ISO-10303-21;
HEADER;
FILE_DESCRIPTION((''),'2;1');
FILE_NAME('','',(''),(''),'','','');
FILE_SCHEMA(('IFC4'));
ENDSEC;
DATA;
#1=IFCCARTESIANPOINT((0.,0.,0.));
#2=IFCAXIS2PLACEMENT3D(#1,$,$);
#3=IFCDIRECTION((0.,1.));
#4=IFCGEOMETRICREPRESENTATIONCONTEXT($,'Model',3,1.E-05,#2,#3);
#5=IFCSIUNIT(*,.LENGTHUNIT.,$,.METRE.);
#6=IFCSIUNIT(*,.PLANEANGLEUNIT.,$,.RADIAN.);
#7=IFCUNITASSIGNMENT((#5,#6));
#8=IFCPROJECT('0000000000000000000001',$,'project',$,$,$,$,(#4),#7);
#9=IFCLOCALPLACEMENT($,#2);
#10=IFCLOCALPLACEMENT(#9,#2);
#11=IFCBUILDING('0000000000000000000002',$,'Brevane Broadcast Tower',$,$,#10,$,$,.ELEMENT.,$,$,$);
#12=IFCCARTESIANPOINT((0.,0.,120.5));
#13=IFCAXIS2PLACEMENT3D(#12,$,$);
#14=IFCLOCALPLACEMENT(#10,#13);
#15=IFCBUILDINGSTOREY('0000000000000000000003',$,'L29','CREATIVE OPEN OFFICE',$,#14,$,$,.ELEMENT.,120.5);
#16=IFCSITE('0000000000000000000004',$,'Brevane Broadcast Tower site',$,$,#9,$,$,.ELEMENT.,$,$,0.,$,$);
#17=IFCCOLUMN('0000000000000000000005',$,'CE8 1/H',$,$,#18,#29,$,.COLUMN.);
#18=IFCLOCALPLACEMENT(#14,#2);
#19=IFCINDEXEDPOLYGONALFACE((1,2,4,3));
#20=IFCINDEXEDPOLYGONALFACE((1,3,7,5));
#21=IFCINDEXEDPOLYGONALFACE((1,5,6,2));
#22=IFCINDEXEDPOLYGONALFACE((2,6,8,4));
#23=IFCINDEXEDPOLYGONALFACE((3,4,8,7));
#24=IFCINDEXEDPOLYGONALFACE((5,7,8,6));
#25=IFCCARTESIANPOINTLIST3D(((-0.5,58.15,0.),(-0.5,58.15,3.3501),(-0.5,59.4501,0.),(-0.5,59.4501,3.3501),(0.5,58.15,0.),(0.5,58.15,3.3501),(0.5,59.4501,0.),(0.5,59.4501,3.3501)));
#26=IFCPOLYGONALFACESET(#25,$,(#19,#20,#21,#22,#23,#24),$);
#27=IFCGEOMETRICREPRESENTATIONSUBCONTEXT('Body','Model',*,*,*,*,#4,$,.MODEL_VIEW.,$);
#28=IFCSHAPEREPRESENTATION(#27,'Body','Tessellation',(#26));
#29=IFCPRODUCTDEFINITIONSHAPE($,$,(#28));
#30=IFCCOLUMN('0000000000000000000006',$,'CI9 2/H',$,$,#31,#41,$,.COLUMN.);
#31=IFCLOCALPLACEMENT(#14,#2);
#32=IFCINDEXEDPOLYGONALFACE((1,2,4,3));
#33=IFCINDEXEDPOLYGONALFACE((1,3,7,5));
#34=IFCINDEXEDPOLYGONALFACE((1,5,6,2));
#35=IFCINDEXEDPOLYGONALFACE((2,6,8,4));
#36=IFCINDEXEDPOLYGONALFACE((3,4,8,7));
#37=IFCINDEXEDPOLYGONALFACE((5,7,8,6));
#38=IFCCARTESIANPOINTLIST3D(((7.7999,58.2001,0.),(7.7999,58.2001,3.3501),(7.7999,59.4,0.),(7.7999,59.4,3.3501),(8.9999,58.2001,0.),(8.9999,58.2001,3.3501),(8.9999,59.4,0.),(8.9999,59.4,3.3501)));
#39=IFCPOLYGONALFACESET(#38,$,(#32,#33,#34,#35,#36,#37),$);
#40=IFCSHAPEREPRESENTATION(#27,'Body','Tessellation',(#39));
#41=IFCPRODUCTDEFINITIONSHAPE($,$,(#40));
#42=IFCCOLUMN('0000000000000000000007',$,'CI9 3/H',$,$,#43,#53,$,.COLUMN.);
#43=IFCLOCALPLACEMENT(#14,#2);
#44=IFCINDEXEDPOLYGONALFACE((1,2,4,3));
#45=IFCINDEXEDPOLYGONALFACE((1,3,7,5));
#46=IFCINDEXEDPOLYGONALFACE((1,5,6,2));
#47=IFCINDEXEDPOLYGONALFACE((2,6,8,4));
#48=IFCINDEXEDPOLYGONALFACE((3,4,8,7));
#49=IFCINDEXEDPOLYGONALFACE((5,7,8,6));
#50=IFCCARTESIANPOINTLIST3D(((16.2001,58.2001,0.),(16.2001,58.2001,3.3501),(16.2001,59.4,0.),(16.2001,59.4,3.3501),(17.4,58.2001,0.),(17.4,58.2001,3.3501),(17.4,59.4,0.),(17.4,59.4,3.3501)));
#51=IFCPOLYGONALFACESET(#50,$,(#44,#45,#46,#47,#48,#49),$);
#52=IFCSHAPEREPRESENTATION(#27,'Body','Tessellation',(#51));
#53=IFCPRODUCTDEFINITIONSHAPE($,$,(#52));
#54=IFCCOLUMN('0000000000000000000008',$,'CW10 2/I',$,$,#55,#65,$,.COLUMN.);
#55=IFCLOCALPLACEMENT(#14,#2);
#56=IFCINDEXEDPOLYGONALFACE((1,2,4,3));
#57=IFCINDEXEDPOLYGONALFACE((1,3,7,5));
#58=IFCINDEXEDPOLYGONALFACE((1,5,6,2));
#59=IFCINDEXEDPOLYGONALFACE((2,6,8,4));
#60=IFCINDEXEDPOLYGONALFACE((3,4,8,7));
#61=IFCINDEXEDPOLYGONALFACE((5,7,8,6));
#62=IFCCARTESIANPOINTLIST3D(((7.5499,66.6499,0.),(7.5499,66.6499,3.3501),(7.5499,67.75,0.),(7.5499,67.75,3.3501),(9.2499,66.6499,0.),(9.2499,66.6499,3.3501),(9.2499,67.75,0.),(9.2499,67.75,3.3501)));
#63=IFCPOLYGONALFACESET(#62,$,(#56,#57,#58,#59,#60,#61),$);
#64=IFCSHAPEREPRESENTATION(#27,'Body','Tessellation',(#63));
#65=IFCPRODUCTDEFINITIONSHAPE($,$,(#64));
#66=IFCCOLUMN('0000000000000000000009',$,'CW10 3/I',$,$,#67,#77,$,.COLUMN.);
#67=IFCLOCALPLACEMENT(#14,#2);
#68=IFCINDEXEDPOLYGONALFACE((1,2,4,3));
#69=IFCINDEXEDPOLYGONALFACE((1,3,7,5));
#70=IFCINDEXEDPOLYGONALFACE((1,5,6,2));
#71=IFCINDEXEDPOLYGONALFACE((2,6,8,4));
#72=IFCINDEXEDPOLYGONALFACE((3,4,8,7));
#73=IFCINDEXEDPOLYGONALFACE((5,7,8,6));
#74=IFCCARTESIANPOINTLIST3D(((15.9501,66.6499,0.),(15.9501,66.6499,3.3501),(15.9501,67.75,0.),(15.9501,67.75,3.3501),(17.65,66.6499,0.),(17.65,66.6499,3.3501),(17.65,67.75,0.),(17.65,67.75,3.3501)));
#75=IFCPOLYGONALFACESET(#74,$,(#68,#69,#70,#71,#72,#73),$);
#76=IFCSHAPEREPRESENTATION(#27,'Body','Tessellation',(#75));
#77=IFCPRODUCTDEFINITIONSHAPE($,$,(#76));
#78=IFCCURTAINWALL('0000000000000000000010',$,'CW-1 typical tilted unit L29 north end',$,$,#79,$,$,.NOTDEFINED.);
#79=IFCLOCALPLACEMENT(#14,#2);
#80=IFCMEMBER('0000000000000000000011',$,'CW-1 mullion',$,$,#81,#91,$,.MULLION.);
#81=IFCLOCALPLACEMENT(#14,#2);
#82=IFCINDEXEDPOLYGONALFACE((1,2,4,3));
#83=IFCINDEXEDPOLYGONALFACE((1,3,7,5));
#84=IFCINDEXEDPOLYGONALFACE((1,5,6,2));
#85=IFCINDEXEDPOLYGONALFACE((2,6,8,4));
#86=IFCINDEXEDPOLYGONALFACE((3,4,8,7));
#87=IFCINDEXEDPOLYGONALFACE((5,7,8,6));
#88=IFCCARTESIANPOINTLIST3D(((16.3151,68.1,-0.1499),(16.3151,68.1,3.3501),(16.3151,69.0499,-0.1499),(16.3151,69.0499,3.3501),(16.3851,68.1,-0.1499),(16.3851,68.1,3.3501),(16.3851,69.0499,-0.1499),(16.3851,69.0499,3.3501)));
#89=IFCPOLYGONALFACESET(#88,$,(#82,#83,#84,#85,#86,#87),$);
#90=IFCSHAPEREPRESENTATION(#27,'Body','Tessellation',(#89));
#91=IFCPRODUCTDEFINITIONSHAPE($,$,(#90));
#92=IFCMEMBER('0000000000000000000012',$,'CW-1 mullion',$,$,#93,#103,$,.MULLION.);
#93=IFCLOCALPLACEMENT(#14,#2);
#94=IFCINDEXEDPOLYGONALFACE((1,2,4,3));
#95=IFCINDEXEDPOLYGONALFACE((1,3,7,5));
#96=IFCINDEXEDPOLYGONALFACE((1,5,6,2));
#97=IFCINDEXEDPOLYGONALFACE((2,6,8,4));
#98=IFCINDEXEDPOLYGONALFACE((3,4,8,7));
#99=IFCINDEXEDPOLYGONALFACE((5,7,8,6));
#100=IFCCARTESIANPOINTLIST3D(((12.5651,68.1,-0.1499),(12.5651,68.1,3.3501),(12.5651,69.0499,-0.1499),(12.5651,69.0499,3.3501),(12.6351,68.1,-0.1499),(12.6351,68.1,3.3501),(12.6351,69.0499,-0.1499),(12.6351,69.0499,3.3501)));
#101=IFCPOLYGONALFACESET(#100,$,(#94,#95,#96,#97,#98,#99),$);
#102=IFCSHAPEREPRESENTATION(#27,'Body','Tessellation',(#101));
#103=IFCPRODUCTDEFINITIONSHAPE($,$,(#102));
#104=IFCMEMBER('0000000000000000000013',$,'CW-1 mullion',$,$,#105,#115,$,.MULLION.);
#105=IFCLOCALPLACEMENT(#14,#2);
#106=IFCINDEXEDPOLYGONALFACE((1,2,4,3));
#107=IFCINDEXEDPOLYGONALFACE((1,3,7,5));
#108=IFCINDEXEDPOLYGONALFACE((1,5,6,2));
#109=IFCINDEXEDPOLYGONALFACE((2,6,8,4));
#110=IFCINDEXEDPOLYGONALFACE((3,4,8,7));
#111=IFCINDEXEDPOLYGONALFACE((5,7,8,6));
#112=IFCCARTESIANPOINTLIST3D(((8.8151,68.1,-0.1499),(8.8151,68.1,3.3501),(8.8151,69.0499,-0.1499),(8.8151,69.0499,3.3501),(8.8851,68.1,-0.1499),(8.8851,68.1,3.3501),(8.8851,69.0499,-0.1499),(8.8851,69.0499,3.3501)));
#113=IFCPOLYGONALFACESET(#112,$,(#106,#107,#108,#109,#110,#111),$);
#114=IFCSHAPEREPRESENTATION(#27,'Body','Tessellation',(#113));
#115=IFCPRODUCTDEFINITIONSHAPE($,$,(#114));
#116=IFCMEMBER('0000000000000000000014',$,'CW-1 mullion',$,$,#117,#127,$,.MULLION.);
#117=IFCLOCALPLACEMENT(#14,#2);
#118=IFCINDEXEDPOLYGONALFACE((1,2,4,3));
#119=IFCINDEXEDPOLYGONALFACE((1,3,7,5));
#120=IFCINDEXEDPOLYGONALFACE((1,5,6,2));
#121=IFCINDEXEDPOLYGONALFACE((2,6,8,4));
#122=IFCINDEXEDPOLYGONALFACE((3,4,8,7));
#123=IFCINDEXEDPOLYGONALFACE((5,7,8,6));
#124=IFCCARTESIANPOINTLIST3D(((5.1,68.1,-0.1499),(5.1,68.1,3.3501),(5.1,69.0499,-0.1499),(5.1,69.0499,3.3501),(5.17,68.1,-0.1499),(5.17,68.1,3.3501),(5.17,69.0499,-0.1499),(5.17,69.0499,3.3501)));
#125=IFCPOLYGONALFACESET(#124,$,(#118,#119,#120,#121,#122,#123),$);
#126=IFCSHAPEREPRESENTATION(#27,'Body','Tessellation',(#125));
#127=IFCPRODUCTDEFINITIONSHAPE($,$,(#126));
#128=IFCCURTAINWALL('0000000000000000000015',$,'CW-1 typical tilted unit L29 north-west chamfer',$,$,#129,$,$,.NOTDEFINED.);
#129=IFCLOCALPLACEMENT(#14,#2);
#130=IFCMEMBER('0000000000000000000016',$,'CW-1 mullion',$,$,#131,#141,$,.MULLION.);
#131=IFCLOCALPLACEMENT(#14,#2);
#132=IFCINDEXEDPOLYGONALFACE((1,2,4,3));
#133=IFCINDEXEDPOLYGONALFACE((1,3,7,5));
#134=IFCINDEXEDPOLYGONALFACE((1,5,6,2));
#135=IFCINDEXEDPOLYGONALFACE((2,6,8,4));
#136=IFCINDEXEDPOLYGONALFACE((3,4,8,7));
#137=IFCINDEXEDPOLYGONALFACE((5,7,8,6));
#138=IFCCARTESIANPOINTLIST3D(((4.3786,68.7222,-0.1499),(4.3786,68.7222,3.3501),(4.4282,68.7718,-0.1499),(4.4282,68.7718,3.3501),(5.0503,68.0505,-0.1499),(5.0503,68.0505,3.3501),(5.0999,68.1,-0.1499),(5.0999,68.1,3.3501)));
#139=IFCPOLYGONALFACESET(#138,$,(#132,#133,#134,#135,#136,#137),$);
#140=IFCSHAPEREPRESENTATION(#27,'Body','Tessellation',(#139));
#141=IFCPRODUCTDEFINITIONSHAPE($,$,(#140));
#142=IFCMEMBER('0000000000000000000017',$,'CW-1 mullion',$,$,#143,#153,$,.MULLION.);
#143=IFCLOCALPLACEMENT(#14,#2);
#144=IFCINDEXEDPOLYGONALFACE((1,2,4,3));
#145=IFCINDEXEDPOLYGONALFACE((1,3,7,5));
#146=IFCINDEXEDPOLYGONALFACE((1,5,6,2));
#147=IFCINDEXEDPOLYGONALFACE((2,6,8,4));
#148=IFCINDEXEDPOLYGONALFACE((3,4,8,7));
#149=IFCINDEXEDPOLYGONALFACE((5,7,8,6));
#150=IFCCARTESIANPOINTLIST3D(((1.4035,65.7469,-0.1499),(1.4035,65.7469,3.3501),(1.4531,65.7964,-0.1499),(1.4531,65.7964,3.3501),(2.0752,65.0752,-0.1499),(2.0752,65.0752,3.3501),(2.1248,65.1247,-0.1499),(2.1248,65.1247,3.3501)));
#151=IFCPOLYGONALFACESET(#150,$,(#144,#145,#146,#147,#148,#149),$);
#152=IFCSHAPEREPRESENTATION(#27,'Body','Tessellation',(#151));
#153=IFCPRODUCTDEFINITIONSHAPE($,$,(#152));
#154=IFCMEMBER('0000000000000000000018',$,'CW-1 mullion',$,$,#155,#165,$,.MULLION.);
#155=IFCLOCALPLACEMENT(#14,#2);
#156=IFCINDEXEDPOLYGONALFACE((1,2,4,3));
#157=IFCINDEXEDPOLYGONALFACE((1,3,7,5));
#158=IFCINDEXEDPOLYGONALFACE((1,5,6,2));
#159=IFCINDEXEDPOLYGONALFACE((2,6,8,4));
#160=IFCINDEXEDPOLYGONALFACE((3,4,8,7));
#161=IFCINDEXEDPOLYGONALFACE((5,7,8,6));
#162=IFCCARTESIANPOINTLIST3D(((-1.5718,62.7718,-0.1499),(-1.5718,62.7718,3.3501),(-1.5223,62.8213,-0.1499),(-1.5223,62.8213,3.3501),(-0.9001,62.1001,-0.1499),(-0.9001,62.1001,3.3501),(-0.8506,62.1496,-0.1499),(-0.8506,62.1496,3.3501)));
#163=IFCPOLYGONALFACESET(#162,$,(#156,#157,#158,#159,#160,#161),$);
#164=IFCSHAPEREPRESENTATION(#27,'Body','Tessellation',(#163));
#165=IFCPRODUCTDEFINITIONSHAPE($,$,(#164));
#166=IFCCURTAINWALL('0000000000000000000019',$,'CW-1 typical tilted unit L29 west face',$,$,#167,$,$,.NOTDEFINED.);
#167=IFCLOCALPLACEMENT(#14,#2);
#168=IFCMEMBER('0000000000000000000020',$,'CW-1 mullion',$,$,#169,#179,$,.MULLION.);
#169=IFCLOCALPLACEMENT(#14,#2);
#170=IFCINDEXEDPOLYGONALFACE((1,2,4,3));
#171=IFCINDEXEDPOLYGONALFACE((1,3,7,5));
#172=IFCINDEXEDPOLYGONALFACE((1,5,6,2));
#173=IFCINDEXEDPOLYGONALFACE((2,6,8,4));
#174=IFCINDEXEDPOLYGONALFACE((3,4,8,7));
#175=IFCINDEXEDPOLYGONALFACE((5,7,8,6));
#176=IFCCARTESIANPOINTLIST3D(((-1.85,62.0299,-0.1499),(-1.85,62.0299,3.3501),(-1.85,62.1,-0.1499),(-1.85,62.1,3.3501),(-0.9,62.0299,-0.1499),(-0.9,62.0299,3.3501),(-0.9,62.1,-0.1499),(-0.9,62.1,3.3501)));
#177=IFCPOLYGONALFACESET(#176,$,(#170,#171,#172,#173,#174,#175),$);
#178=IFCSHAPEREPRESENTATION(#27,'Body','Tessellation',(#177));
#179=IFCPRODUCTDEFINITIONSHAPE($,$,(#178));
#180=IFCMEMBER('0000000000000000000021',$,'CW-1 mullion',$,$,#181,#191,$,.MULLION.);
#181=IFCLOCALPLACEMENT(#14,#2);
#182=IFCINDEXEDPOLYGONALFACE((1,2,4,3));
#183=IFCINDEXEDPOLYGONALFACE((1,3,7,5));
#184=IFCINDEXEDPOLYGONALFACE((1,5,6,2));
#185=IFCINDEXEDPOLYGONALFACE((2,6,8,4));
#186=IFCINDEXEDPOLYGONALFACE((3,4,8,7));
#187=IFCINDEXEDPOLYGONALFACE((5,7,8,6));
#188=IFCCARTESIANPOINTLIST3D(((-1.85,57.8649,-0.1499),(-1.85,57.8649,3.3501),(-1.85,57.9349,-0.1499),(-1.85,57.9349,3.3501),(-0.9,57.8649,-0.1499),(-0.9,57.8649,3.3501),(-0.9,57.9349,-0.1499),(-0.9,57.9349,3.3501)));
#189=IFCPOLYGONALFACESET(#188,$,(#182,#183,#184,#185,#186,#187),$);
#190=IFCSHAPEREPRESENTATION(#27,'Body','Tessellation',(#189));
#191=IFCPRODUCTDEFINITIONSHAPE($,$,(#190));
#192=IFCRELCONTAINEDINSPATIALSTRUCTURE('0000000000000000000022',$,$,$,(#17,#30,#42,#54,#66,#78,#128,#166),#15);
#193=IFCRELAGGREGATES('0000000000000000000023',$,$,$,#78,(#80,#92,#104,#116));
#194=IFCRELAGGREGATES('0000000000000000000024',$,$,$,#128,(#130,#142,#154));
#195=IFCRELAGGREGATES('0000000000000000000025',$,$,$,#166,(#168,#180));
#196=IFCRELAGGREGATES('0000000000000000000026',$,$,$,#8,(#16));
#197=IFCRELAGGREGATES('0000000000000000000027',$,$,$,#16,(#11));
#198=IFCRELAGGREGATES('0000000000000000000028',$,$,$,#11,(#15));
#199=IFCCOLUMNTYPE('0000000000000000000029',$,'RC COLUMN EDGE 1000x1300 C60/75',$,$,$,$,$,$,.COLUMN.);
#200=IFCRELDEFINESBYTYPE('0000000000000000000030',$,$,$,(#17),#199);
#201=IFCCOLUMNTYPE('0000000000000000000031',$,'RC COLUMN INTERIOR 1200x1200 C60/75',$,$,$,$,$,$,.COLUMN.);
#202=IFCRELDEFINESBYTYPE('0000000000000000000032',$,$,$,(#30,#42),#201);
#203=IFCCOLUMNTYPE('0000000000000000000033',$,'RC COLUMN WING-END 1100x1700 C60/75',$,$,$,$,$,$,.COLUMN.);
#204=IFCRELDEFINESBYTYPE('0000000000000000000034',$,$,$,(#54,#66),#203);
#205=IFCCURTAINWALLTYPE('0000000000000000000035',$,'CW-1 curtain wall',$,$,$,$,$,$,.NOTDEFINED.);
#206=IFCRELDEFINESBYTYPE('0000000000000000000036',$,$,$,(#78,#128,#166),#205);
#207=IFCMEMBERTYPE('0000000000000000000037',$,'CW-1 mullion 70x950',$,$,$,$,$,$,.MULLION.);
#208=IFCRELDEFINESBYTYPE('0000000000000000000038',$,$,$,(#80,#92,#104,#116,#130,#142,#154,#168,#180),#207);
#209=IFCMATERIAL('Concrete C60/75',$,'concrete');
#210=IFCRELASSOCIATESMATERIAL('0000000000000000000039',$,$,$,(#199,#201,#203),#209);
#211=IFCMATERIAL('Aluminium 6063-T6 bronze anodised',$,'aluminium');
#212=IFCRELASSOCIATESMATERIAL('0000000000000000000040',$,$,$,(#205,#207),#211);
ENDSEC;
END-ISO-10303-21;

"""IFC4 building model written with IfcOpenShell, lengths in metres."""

from ifc_helpers import new_model, si_unit, direction, frame, origin, origin_2d, place, context, subcontext, project, spatial, rectangle, extrude, material, material_profile, profile_set, type_object, element, aggregate, save


model = new_model("IFC4")

# Units and contexts
model_context = context("Model", 3, precision=1e-05, world=origin(), true_north=direction((0.0, 1.0)))
body_context = subcontext(model_context, "Body", "Model", "MODEL_VIEW")
ifc_project = project(units=[si_unit("LENGTHUNIT", "METRE"), si_unit("PLANEANGLEUNIT", "RADIAN")], contexts=[model_context])

# Site, building, storey
site_placement = place(None, origin())
site = spatial("IfcSite", under=ifc_project, at=site_placement, Name="Brevane Broadcast Tower site", CompositionType="ELEMENT", RefElevation=0.0)
building_placement = place(site_placement, origin())
building = spatial("IfcBuilding", under=site, at=building_placement, Name="Brevane Broadcast Tower", CompositionType="ELEMENT")
storey_placement = place(building_placement, frame((0.0, 0.0, 120.5)))
storey = spatial("IfcBuildingStorey", under=building, at=storey_placement, Name="L29", Description="CREATIVE OPEN OFFICE", CompositionType="ELEMENT", Elevation=120.5)

# Columns
ifc_material_1 = material(Name="Concrete C60/75", Category="concrete")
ifc_material_profile_1 = material_profile(ifc_material_1, rectangle(XDim=1.0, YDim=1.3, at=origin_2d()), Name="RC 1000x1300")
ifc_profile_set_1 = profile_set([ifc_material_profile_1], Name="Concrete C60/75")
column_type_1 = type_object("IfcColumnType", Name="RC COLUMN EDGE 1000x1300 C60/75", PredefinedType="COLUMN", material=ifc_profile_set_1)
column_placement = place(storey_placement, frame((0.0, 58.8, 0.0), z_axis=(0.0, 0.0, 1.0), x_axis=(1.0, 0.0, 0.0)))
element("IfcColumn", 1, at=column_placement, inside=storey, type_object=column_type_1, Name="CE8 1/H", PredefinedType="COLUMN", context=body_context, shape_type="SweptSolid", body=[
    extrude(rectangle(XDim=1.0, YDim=1.3, at=origin_2d()), origin(), (0.0, 0.0, 1.0), 3.3501),
])
ifc_material_profile_2 = material_profile(ifc_material_1, rectangle(XDim=1.2, YDim=1.2, at=origin_2d()), Name="RC 1200x1200")
ifc_profile_set_2 = profile_set([ifc_material_profile_2], Name="Concrete C60/75")
column_type_2 = type_object("IfcColumnType", Name="RC COLUMN INTERIOR 1200x1200 C60/75", PredefinedType="COLUMN", material=ifc_profile_set_2)
for number, where, z_axis, x_axis, name in (
    (2, (8.3999, 58.8, 0.0), (0.0, 0.0, 1.0), (1.0, 0.0, 0.0), "CI9 2/H"),
    (3, (16.8, 58.8, 0.0), (0.0, 0.0, 1.0), (1.0, 0.0, 0.0), "CI9 3/H"),
):
    element("IfcColumn", number, at=place(storey_placement, frame(where, z_axis=z_axis, x_axis=x_axis)), inside=storey, type_object=column_type_2, Name=name, PredefinedType="COLUMN", context=body_context, shape_type="SweptSolid", body=[
        extrude(rectangle(XDim=1.2, YDim=1.2, at=origin_2d()), origin(), (0.0, 0.0, 1.0), 3.3501),
    ])
ifc_material_profile_3 = material_profile(ifc_material_1, rectangle(XDim=1.1001, YDim=1.7, at=origin_2d()), Name="RC 1100x1700")
ifc_profile_set_3 = profile_set([ifc_material_profile_3], Name="Concrete C60/75")
column_type_3 = type_object("IfcColumnType", Name="RC COLUMN WING-END 1100x1700 C60/75", PredefinedType="COLUMN", material=ifc_profile_set_3)
for number, where, z_axis, x_axis, name in (
    (4, (8.3999, 67.2, 0.0), (0.0, 0.0, 1.0), (0.0, 1.0, 0.0), "CW10 2/I"),
    (5, (16.8, 67.2, 0.0), (0.0, 0.0, 1.0), (0.0, 1.0, 0.0), "CW10 3/I"),
):
    element("IfcColumn", number, at=place(storey_placement, frame(where, z_axis=z_axis, x_axis=x_axis)), inside=storey, type_object=column_type_3, Name=name, PredefinedType="COLUMN", context=body_context, shape_type="SweptSolid", body=[
        extrude(rectangle(XDim=1.1001, YDim=1.7, at=origin_2d()), origin(), (0.0, 0.0, 1.0), 3.3501),
    ])

# Curtain walls, members
ifc_material_2 = material(Name="Aluminium 6063-T6 bronze anodised", Category="aluminium")
curtain_wall_type = type_object("IfcCurtainWallType", Name="CW-1 curtain wall", PredefinedType="NOTDEFINED", material=ifc_material_2)
curtain_wall_1_placement = place(storey_placement, origin())
curtain_wall_1 = element("IfcCurtainWall", 6, at=curtain_wall_1_placement, inside=storey, type_object=curtain_wall_type, Name="CW-1 typical tilted unit L29 north end", PredefinedType="NOTDEFINED")
ifc_material_profile_4 = material_profile(ifc_material_2, rectangle(XDim=0.95, YDim=0.0701, at=origin_2d()), Name="RECT 70x950")
ifc_profile_set_4 = profile_set([ifc_material_profile_4], Name="Aluminium 6063-T6 bronze anodised")
member_type_1 = type_object("IfcMemberType", Name="CW-1 mullion 70x950", PredefinedType="MULLION", material=ifc_profile_set_4)
member_1_placement = place(storey_placement, frame((16.3501, 68.575, -0.1499), z_axis=(0.0, 0.0, 1.0), x_axis=(0.0, -1.0, 0.0)))
member_1 = element("IfcMember", 7, at=member_1_placement, type_object=member_type_1, Name="CW-1 mullion", PredefinedType="MULLION", context=body_context, shape_type="SweptSolid", body=[
    extrude(rectangle(XDim=0.95, YDim=0.0701, at=origin_2d()), origin(), (0.0, 0.0, 1.0), 3.5),
])
member_2_placement = place(storey_placement, frame((12.6001, 68.575, -0.1499), z_axis=(0.0, 0.0, 1.0), x_axis=(0.0, -1.0, 0.0)))
member_2 = element("IfcMember", 8, at=member_2_placement, type_object=member_type_1, Name="CW-1 mullion", PredefinedType="MULLION", context=body_context, shape_type="SweptSolid", body=[
    extrude(rectangle(XDim=0.95, YDim=0.0701, at=origin_2d()), origin(), (0.0, 0.0, 1.0), 3.5),
])
member_3_placement = place(storey_placement, frame((8.8501, 68.575, -0.1499), z_axis=(0.0, 0.0, 1.0), x_axis=(0.0, -1.0, 0.0)))
member_3 = element("IfcMember", 9, at=member_3_placement, type_object=member_type_1, Name="CW-1 mullion", PredefinedType="MULLION", context=body_context, shape_type="SweptSolid", body=[
    extrude(rectangle(XDim=0.95, YDim=0.0701, at=origin_2d()), origin(), (0.0, 0.0, 1.0), 3.5),
])
member_4_placement = place(storey_placement, frame((5.135, 68.575, -0.1499), z_axis=(0.0, 0.0, 1.0), x_axis=(0.0, -1.0, 0.0)))
member_4 = element("IfcMember", 10, at=member_4_placement, type_object=member_type_1, Name="CW-1 mullion", PredefinedType="MULLION", context=body_context, shape_type="SweptSolid", body=[
    extrude(rectangle(XDim=0.95, YDim=0.0701, at=origin_2d()), origin(), (0.0, 0.0, 1.0), 3.5),
])
aggregate(curtain_wall_1, [member_1, member_2, member_3, member_4])
curtain_wall_2_placement = place(storey_placement, origin())
curtain_wall_2 = element("IfcCurtainWall", 11, at=curtain_wall_2_placement, inside=storey, type_object=curtain_wall_type, Name="CW-1 typical tilted unit L29 north-west chamfer", PredefinedType="NOTDEFINED")
member_5_placement = place(storey_placement, frame((4.7393, 68.4111, -0.1499), z_axis=(0.0, 0.0, 1.0), x_axis=(0.707107, -0.707107, 0.0)))
member_5 = element("IfcMember", 12, at=member_5_placement, type_object=member_type_1, Name="CW-1 mullion", PredefinedType="MULLION", context=body_context, shape_type="SweptSolid", body=[
    extrude(rectangle(XDim=0.95, YDim=0.0701, at=origin_2d()), origin(), (0.0, 0.0, 1.0), 3.5),
])
member_6_placement = place(storey_placement, frame((1.7642, 65.4358, -0.1499), z_axis=(0.0, 0.0, 1.0), x_axis=(0.707107, -0.707107, 0.0)))
member_6 = element("IfcMember", 13, at=member_6_placement, type_object=member_type_1, Name="CW-1 mullion", PredefinedType="MULLION", context=body_context, shape_type="SweptSolid", body=[
    extrude(rectangle(XDim=0.95, YDim=0.0701, at=origin_2d()), origin(), (0.0, 0.0, 1.0), 3.5),
])
member_7_placement = place(storey_placement, frame((-1.2112, 62.4607, -0.1499), z_axis=(0.0, 0.0, 1.0), x_axis=(0.707107, -0.707107, 0.0)))
member_7 = element("IfcMember", 14, at=member_7_placement, type_object=member_type_1, Name="CW-1 mullion", PredefinedType="MULLION", context=body_context, shape_type="SweptSolid", body=[
    extrude(rectangle(XDim=0.95, YDim=0.0701, at=origin_2d()), origin(), (0.0, 0.0, 1.0), 3.5),
])
curtain_wall_3_placement = place(storey_placement, origin())
curtain_wall_3 = element("IfcCurtainWall", 15, at=curtain_wall_3_placement, inside=storey, type_object=curtain_wall_type, Name="CW-1 typical tilted unit L29 west face", PredefinedType="NOTDEFINED")
member_8_placement = place(storey_placement, frame((-1.375, 62.0649, -0.1499), z_axis=(0.0, 0.0, 1.0), x_axis=(1.0, 0.0, 0.0)))
member_8 = element("IfcMember", 16, at=member_8_placement, type_object=member_type_1, Name="CW-1 mullion", PredefinedType="MULLION", context=body_context, shape_type="SweptSolid", body=[
    extrude(rectangle(XDim=0.95, YDim=0.0701, at=origin_2d()), origin(), (0.0, 0.0, 1.0), 3.5),
])
member_9_placement = place(storey_placement, frame((-1.375, 57.8999, -0.1499), z_axis=(0.0, 0.0, 1.0), x_axis=(1.0, 0.0, 0.0)))
member_9 = element("IfcMember", 17, at=member_9_placement, type_object=member_type_1, Name="CW-1 mullion", PredefinedType="MULLION", context=body_context, shape_type="SweptSolid", body=[
    extrude(rectangle(XDim=0.95, YDim=0.0701, at=origin_2d()), origin(), (0.0, 0.0, 1.0), 3.5),
])

aggregate(curtain_wall_2, [member_5, member_6, member_7])
aggregate(curtain_wall_3, [member_8, member_9])

save(model, "model.ifc")
